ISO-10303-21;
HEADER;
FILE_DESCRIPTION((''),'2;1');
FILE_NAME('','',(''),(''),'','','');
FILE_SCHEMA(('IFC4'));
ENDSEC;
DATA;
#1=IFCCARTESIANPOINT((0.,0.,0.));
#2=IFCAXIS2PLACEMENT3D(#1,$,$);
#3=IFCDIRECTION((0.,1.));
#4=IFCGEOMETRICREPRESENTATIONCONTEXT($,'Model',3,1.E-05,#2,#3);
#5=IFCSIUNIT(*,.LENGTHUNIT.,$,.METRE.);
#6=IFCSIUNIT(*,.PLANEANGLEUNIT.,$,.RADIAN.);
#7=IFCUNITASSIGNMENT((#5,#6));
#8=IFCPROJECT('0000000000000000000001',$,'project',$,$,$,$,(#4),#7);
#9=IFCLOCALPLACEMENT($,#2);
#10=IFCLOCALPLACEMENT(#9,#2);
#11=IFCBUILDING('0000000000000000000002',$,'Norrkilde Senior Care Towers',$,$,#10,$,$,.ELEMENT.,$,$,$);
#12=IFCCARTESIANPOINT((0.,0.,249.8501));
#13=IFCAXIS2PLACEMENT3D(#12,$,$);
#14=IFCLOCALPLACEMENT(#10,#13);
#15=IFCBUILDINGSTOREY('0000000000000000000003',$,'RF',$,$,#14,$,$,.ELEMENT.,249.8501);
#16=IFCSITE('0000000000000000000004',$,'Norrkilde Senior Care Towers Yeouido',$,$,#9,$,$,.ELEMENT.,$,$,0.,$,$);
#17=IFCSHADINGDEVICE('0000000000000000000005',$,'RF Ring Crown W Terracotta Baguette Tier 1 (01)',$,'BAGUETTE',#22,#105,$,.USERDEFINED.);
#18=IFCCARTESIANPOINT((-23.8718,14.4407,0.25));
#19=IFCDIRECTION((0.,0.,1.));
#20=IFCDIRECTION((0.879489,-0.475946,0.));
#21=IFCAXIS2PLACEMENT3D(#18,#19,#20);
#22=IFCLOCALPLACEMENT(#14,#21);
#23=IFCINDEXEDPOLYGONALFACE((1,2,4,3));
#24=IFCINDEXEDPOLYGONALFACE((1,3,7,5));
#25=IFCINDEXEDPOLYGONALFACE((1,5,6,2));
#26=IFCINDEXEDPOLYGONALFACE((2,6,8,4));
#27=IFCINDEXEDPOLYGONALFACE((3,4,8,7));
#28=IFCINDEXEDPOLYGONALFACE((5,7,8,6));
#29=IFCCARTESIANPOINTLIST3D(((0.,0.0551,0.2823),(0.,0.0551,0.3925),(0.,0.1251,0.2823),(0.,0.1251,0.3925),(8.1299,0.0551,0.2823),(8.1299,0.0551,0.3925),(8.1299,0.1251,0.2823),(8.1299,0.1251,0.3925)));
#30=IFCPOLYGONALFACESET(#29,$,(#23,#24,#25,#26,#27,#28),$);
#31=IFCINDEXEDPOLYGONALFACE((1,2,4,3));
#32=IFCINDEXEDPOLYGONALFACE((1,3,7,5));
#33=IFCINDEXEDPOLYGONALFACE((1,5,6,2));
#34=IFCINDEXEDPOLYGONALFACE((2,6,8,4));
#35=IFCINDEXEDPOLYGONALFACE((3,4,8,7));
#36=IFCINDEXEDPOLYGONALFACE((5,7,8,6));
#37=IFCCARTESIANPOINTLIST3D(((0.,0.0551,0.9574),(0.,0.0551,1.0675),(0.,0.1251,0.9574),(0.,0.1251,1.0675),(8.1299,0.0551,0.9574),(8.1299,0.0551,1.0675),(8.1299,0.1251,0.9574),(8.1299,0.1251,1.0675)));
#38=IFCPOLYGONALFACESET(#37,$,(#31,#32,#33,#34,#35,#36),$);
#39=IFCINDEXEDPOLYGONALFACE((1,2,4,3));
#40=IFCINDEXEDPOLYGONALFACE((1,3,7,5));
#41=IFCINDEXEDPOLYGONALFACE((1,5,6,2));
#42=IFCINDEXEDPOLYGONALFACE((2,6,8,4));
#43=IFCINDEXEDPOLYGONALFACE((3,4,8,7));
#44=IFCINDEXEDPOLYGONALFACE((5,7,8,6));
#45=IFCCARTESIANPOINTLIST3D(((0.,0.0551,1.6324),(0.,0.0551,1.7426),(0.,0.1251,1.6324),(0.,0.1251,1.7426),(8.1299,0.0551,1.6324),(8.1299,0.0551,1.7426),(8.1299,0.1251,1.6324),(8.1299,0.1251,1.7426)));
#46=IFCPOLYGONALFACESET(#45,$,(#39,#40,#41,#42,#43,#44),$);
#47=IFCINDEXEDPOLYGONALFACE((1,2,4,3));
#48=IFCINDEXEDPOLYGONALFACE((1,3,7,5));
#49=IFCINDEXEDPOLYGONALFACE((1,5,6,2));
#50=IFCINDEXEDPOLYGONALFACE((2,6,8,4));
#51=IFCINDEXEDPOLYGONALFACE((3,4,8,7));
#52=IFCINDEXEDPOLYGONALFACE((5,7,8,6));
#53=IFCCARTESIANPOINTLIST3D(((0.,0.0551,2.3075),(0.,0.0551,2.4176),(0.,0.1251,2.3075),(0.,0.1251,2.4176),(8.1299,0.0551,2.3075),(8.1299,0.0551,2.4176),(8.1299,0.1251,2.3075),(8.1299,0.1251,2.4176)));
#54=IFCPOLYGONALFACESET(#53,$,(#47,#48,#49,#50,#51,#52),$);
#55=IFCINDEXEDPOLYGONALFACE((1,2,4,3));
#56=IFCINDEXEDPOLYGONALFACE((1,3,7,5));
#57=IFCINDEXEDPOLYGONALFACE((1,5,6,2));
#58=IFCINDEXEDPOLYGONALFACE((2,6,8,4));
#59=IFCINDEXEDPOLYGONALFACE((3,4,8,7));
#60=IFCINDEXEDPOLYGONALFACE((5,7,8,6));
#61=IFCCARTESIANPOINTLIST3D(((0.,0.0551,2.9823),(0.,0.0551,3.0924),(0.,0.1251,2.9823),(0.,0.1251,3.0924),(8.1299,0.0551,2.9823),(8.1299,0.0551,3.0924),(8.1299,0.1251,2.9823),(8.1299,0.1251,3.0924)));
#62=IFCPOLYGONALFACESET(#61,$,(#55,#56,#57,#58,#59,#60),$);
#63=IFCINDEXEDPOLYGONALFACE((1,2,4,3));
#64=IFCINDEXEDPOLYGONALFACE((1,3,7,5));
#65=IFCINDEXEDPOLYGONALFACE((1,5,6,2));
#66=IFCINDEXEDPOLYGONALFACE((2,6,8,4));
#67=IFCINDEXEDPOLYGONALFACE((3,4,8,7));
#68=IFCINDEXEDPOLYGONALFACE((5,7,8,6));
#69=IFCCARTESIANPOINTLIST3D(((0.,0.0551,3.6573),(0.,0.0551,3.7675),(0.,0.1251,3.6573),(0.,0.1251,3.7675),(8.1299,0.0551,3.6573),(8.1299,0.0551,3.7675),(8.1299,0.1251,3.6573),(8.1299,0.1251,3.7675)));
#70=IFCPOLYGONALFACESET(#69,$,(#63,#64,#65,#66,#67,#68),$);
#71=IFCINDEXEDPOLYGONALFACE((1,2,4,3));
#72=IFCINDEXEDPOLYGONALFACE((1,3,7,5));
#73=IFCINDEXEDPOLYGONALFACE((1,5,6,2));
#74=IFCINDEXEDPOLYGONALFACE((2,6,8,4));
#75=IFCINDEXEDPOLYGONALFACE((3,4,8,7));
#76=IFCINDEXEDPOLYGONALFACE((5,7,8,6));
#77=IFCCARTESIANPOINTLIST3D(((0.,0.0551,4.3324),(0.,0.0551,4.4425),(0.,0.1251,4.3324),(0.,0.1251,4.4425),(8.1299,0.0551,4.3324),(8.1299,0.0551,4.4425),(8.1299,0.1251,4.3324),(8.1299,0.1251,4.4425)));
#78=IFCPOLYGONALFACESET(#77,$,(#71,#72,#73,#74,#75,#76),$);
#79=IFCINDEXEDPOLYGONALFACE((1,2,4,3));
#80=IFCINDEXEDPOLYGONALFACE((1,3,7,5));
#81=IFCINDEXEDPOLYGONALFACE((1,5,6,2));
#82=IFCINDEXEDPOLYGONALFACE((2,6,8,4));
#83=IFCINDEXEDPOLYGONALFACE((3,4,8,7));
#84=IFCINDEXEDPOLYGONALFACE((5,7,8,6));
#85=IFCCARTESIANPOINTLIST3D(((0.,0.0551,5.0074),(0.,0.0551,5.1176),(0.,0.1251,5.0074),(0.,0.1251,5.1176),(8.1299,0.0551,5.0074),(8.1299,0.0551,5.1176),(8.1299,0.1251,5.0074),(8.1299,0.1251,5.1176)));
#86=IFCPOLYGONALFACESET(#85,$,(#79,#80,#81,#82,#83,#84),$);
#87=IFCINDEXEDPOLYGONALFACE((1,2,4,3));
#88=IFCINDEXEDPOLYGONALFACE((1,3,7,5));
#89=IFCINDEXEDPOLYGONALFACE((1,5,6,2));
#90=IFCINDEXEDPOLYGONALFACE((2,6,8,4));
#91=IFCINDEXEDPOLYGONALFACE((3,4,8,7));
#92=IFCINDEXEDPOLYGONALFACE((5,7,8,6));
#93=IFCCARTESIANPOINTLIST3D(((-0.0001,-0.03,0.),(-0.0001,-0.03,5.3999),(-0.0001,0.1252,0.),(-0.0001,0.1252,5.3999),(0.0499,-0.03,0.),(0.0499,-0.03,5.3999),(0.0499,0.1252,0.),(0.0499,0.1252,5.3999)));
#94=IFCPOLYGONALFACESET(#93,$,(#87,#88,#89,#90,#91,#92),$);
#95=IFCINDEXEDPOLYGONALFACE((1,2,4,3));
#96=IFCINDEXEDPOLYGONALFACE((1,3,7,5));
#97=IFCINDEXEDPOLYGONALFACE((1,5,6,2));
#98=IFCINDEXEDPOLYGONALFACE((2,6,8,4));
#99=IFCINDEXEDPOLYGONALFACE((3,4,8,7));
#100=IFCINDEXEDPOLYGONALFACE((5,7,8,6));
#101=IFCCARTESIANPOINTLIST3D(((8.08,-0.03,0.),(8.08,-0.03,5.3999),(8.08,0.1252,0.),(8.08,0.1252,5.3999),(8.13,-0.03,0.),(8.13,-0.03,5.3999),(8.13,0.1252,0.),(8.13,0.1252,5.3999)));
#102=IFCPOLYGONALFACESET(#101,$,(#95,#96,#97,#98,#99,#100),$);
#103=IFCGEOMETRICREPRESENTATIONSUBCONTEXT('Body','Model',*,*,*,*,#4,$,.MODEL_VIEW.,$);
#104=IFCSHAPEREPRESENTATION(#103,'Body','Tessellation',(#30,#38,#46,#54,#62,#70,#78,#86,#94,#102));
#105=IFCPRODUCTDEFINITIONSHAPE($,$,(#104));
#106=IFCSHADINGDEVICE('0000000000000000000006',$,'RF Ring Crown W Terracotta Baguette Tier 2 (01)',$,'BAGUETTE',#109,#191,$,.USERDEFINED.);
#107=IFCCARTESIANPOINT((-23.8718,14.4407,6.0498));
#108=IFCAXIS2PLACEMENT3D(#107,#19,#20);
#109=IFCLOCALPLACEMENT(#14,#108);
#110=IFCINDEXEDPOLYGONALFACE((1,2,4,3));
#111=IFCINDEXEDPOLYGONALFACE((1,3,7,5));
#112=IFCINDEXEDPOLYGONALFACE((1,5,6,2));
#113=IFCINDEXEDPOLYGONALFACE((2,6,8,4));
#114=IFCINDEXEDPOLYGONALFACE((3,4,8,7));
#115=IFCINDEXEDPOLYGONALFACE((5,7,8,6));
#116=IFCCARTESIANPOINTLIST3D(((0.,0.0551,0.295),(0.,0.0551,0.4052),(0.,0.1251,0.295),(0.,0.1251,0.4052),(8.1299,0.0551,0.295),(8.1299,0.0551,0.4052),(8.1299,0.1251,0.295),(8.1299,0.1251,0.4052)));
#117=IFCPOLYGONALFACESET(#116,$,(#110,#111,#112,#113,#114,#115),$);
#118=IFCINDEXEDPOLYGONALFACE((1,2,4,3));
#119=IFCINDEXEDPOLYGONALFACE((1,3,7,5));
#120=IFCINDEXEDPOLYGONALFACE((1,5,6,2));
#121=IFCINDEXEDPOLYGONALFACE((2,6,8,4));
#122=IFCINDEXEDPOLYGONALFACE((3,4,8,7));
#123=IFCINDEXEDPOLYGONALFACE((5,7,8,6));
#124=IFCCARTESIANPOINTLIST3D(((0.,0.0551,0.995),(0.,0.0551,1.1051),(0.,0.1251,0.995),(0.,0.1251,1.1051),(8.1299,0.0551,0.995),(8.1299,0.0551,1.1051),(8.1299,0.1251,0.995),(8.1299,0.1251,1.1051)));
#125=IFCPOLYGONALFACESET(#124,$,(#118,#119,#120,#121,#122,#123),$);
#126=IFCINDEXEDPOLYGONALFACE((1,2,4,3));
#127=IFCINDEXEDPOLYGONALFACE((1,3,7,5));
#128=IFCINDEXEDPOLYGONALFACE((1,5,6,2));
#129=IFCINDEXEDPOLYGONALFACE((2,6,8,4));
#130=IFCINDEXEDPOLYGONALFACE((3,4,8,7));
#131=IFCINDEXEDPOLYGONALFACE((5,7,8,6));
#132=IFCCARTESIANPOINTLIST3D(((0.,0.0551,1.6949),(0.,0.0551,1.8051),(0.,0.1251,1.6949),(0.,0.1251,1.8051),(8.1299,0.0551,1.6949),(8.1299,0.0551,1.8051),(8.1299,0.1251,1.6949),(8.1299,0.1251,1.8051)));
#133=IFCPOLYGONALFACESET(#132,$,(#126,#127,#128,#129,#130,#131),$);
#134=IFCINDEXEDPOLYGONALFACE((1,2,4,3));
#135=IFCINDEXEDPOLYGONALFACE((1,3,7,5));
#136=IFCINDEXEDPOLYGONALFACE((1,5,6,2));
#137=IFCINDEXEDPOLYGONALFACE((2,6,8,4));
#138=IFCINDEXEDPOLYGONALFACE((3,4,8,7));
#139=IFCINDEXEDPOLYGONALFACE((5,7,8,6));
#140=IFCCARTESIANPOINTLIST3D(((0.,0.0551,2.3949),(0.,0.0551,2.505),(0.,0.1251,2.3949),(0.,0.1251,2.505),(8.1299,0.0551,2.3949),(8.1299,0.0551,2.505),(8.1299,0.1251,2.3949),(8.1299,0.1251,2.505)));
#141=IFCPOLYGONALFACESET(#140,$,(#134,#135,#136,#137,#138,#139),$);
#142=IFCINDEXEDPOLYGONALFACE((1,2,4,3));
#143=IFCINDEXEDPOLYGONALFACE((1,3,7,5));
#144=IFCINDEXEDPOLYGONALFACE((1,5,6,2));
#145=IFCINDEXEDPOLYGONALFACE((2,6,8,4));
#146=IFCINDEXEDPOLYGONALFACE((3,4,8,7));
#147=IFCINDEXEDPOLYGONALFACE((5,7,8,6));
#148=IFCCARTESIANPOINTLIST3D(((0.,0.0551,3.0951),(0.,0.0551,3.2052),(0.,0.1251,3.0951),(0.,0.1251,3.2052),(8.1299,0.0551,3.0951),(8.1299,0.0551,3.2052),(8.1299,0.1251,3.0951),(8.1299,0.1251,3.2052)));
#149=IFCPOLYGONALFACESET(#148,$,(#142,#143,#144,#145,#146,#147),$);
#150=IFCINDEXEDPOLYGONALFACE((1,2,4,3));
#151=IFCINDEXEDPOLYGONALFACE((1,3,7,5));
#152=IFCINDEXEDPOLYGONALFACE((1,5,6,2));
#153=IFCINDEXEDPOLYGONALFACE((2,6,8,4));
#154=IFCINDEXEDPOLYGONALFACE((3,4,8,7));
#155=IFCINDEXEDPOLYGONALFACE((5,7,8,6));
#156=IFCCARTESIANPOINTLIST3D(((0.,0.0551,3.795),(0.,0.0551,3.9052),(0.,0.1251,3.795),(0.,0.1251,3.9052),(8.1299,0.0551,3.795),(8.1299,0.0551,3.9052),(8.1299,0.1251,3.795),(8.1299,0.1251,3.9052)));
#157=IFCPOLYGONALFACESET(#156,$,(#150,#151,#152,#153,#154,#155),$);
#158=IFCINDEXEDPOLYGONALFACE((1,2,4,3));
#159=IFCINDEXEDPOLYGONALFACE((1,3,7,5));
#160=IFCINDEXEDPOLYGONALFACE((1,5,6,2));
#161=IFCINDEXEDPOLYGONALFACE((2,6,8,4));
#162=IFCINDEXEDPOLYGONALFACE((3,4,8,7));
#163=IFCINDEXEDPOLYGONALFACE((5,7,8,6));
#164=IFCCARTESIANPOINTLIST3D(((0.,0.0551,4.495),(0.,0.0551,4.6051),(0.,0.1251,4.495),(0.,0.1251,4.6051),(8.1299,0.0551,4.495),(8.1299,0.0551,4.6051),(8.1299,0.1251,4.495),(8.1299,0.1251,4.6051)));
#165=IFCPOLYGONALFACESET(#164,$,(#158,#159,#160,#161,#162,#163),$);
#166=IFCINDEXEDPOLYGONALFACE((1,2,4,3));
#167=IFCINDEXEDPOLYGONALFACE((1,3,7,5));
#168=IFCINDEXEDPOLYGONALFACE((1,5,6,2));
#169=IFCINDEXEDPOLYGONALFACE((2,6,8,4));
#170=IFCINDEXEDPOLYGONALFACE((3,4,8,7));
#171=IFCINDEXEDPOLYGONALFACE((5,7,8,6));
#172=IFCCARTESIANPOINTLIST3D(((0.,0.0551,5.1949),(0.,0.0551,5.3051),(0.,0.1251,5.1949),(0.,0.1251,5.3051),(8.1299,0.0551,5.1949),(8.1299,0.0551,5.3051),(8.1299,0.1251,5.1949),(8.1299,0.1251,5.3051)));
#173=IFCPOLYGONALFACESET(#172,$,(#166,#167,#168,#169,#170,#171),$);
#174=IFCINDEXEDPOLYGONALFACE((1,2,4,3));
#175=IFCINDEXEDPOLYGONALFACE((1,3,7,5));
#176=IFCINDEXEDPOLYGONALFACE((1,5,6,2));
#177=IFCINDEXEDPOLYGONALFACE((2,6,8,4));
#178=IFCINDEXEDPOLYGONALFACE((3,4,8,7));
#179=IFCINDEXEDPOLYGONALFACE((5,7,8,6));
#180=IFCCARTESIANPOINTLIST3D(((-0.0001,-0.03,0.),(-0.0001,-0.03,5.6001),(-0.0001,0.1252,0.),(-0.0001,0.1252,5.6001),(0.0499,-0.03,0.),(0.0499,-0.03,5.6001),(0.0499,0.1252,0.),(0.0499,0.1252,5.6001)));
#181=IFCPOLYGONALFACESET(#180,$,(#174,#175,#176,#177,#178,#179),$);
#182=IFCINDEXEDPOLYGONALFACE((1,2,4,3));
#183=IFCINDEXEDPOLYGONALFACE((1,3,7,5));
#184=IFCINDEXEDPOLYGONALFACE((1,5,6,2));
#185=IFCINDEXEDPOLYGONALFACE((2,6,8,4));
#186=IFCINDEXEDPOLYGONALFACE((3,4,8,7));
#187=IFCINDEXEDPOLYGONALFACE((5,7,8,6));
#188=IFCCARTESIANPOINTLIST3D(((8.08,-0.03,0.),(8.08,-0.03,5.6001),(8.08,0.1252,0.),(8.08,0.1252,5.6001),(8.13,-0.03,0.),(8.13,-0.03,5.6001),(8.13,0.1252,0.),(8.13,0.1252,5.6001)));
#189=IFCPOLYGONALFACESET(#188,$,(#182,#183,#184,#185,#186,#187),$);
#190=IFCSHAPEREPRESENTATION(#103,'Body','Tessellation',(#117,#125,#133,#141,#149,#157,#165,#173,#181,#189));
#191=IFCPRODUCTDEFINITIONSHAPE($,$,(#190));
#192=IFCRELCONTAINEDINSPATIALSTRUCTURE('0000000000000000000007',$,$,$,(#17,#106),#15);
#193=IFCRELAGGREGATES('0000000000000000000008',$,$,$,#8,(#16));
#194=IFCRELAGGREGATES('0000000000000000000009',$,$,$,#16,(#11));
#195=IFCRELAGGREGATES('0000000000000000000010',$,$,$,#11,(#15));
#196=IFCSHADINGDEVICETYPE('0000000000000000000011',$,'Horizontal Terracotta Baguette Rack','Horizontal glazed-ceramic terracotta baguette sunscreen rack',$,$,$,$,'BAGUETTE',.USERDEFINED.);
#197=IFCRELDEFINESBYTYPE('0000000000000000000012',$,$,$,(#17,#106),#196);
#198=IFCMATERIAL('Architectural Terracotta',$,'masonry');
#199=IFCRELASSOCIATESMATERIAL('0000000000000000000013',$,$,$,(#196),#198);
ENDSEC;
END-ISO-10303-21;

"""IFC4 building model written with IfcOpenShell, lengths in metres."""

from ifc_helpers import new_model, si_unit, direction, frame, origin, origin_2d, place, context, subcontext, project, spatial, rectangle, extrude, source, transform, mapped, material, type_object, element, save


model = new_model("IFC4")

# Units and contexts
model_context = context("Model", 3, precision=1e-05, world=origin(), true_north=direction((0.0, 1.0)))
body_context = subcontext(model_context, "Body", "Model", "MODEL_VIEW")
ifc_project = project(units=[si_unit("LENGTHUNIT", "METRE"), si_unit("PLANEANGLEUNIT", "RADIAN")], contexts=[model_context])

# Site, building, storey
site_placement = place(None, origin())
site = spatial("IfcSite", under=ifc_project, at=site_placement, Name="Norrkilde Senior Care Towers Yeouido", CompositionType="ELEMENT", RefElevation=0.0)
building_placement = place(site_placement, origin())
building = spatial("IfcBuilding", under=site, at=building_placement, Name="Norrkilde Senior Care Towers", CompositionType="ELEMENT")
storey_placement = place(building_placement, frame((0.0, 0.0, 249.8501)))
storey = spatial("IfcBuildingStorey", under=building, at=storey_placement, Name="RF", CompositionType="ELEMENT", Elevation=249.8501)

# Shared definitions
ifc_material_1 = material(Name="Architectural Terracotta", Category="masonry")

# Shading devices
shading_device_type = type_object("IfcShadingDeviceType", Name="Horizontal Terracotta Baguette Rack", Description="Horizontal glazed-ceramic terracotta baguette sunscreen rack", ElementType="BAGUETTE", PredefinedType="USERDEFINED", material=ifc_material_1)
shared_shape_1 = source(origin(), body_context, "Body", "SweptSolid", [
    extrude(rectangle(XDim=0.0701, YDim=0.1101, at=origin_2d()), frame((0.0, 0.0901, 0.3374), z_axis=(1.0, 0.0, 0.0), x_axis=(0.0, 1.0, 0.0)), (0.0, 0.0, 1.0), 8.1299),
    extrude(rectangle(XDim=0.0701, YDim=0.1101, at=origin_2d()), frame((0.0, 0.0901, 1.0125), z_axis=(1.0, 0.0, 0.0), x_axis=(0.0, 1.0, 0.0)), (0.0, 0.0, 1.0), 8.1299),
    extrude(rectangle(XDim=0.0701, YDim=0.1101, at=origin_2d()), frame((0.0, 0.0901, 1.6875), z_axis=(1.0, 0.0, 0.0), x_axis=(0.0, 1.0, 0.0)), (0.0, 0.0, 1.0), 8.1299),
    extrude(rectangle(XDim=0.0701, YDim=0.1101, at=origin_2d()), frame((0.0, 0.0901, 2.3625), z_axis=(1.0, 0.0, 0.0), x_axis=(0.0, 1.0, 0.0)), (0.0, 0.0, 1.0), 8.1299),
    extrude(rectangle(XDim=0.0701, YDim=0.1101, at=origin_2d()), frame((0.0, 0.0901, 3.0374), z_axis=(1.0, 0.0, 0.0), x_axis=(0.0, 1.0, 0.0)), (0.0, 0.0, 1.0), 8.1299),
    extrude(rectangle(XDim=0.0701, YDim=0.1101, at=origin_2d()), frame((0.0, 0.0901, 3.7124), z_axis=(1.0, 0.0, 0.0), x_axis=(0.0, 1.0, 0.0)), (0.0, 0.0, 1.0), 8.1299),
    extrude(rectangle(XDim=0.0701, YDim=0.1101, at=origin_2d()), frame((0.0, 0.0901, 4.3875), z_axis=(1.0, 0.0, 0.0), x_axis=(0.0, 1.0, 0.0)), (0.0, 0.0, 1.0), 8.1299),
    extrude(rectangle(XDim=0.0701, YDim=0.1101, at=origin_2d()), frame((0.0, 0.0901, 5.0625), z_axis=(1.0, 0.0, 0.0), x_axis=(0.0, 1.0, 0.0)), (0.0, 0.0, 1.0), 8.1299),
    extrude(rectangle(XDim=0.05, YDim=0.1553, at=origin_2d()), frame((0.0249, 0.0476, 0.0)), (0.0, 0.0, 1.0), 5.3999),
    extrude(rectangle(XDim=0.05, YDim=0.1553, at=origin_2d()), frame((8.105, 0.0476, 0.0)), (0.0, 0.0, 1.0), 5.3999),
])
shading_device_1_placement = place(storey_placement, frame((-23.8718, 14.4407, 0.25), z_axis=(0.0, 0.0, 1.0), x_axis=(0.879489, -0.475946, 0.0)))
element("IfcShadingDevice", 1, at=shading_device_1_placement, inside=storey, type_object=shading_device_type, Name="RF Ring Crown W Terracotta Baguette Tier 1 (01)", ObjectType="BAGUETTE", PredefinedType="USERDEFINED", context=body_context, shape_type="MappedRepresentation", body=[
    mapped(shared_shape_1, transform((0.0, 0.0, 0.0), x_axis=(1.0, 0.0, 0.0), y_axis=(0.0, 1.0, 0.0), z_axis=(0.0, 0.0, 1.0), scale=1.0)),
])
shared_shape_2 = source(origin(), body_context, "Body", "SweptSolid", [
    extrude(rectangle(XDim=0.0701, YDim=0.1101, at=origin_2d()), frame((0.0, 0.0901, 0.3501), z_axis=(1.0, 0.0, 0.0), x_axis=(0.0, 1.0, 0.0)), (0.0, 0.0, 1.0), 8.1299),
    extrude(rectangle(XDim=0.0701, YDim=0.1101, at=origin_2d()), frame((0.0, 0.0901, 1.05), z_axis=(1.0, 0.0, 0.0), x_axis=(0.0, 1.0, 0.0)), (0.0, 0.0, 1.0), 8.1299),
    extrude(rectangle(XDim=0.0701, YDim=0.1101, at=origin_2d()), frame((0.0, 0.0901, 1.75), z_axis=(1.0, 0.0, 0.0), x_axis=(0.0, 1.0, 0.0)), (0.0, 0.0, 1.0), 8.1299),
    extrude(rectangle(XDim=0.0701, YDim=0.1101, at=origin_2d()), frame((0.0, 0.0901, 2.45), z_axis=(1.0, 0.0, 0.0), x_axis=(0.0, 1.0, 0.0)), (0.0, 0.0, 1.0), 8.1299),
    extrude(rectangle(XDim=0.0701, YDim=0.1101, at=origin_2d()), frame((0.0, 0.0901, 3.1501), z_axis=(1.0, 0.0, 0.0), x_axis=(0.0, 1.0, 0.0)), (0.0, 0.0, 1.0), 8.1299),
    extrude(rectangle(XDim=0.0701, YDim=0.1101, at=origin_2d()), frame((0.0, 0.0901, 3.8501), z_axis=(1.0, 0.0, 0.0), x_axis=(0.0, 1.0, 0.0)), (0.0, 0.0, 1.0), 8.1299),
    extrude(rectangle(XDim=0.0701, YDim=0.1101, at=origin_2d()), frame((0.0, 0.0901, 4.55), z_axis=(1.0, 0.0, 0.0), x_axis=(0.0, 1.0, 0.0)), (0.0, 0.0, 1.0), 8.1299),
    extrude(rectangle(XDim=0.0701, YDim=0.1101, at=origin_2d()), frame((0.0, 0.0901, 5.25), z_axis=(1.0, 0.0, 0.0), x_axis=(0.0, 1.0, 0.0)), (0.0, 0.0, 1.0), 8.1299),
    extrude(rectangle(XDim=0.05, YDim=0.1553, at=origin_2d()), frame((0.0249, 0.0476, 0.0)), (0.0, 0.0, 1.0), 5.6001),
    extrude(rectangle(XDim=0.05, YDim=0.1553, at=origin_2d()), frame((8.105, 0.0476, 0.0)), (0.0, 0.0, 1.0), 5.6001),
])
shading_device_2_placement = place(storey_placement, frame((-23.8718, 14.4407, 6.0498), z_axis=(0.0, 0.0, 1.0), x_axis=(0.879489, -0.475946, 0.0)))
element("IfcShadingDevice", 2, at=shading_device_2_placement, inside=storey, type_object=shading_device_type, Name="RF Ring Crown W Terracotta Baguette Tier 2 (01)", ObjectType="BAGUETTE", PredefinedType="USERDEFINED", context=body_context, shape_type="MappedRepresentation", body=[
    mapped(shared_shape_2, transform((0.0, 0.0, 0.0), x_axis=(1.0, 0.0, 0.0), y_axis=(0.0, 1.0, 0.0), z_axis=(0.0, 0.0, 1.0), scale=1.0)),
])

save(model, "model.ifc")
